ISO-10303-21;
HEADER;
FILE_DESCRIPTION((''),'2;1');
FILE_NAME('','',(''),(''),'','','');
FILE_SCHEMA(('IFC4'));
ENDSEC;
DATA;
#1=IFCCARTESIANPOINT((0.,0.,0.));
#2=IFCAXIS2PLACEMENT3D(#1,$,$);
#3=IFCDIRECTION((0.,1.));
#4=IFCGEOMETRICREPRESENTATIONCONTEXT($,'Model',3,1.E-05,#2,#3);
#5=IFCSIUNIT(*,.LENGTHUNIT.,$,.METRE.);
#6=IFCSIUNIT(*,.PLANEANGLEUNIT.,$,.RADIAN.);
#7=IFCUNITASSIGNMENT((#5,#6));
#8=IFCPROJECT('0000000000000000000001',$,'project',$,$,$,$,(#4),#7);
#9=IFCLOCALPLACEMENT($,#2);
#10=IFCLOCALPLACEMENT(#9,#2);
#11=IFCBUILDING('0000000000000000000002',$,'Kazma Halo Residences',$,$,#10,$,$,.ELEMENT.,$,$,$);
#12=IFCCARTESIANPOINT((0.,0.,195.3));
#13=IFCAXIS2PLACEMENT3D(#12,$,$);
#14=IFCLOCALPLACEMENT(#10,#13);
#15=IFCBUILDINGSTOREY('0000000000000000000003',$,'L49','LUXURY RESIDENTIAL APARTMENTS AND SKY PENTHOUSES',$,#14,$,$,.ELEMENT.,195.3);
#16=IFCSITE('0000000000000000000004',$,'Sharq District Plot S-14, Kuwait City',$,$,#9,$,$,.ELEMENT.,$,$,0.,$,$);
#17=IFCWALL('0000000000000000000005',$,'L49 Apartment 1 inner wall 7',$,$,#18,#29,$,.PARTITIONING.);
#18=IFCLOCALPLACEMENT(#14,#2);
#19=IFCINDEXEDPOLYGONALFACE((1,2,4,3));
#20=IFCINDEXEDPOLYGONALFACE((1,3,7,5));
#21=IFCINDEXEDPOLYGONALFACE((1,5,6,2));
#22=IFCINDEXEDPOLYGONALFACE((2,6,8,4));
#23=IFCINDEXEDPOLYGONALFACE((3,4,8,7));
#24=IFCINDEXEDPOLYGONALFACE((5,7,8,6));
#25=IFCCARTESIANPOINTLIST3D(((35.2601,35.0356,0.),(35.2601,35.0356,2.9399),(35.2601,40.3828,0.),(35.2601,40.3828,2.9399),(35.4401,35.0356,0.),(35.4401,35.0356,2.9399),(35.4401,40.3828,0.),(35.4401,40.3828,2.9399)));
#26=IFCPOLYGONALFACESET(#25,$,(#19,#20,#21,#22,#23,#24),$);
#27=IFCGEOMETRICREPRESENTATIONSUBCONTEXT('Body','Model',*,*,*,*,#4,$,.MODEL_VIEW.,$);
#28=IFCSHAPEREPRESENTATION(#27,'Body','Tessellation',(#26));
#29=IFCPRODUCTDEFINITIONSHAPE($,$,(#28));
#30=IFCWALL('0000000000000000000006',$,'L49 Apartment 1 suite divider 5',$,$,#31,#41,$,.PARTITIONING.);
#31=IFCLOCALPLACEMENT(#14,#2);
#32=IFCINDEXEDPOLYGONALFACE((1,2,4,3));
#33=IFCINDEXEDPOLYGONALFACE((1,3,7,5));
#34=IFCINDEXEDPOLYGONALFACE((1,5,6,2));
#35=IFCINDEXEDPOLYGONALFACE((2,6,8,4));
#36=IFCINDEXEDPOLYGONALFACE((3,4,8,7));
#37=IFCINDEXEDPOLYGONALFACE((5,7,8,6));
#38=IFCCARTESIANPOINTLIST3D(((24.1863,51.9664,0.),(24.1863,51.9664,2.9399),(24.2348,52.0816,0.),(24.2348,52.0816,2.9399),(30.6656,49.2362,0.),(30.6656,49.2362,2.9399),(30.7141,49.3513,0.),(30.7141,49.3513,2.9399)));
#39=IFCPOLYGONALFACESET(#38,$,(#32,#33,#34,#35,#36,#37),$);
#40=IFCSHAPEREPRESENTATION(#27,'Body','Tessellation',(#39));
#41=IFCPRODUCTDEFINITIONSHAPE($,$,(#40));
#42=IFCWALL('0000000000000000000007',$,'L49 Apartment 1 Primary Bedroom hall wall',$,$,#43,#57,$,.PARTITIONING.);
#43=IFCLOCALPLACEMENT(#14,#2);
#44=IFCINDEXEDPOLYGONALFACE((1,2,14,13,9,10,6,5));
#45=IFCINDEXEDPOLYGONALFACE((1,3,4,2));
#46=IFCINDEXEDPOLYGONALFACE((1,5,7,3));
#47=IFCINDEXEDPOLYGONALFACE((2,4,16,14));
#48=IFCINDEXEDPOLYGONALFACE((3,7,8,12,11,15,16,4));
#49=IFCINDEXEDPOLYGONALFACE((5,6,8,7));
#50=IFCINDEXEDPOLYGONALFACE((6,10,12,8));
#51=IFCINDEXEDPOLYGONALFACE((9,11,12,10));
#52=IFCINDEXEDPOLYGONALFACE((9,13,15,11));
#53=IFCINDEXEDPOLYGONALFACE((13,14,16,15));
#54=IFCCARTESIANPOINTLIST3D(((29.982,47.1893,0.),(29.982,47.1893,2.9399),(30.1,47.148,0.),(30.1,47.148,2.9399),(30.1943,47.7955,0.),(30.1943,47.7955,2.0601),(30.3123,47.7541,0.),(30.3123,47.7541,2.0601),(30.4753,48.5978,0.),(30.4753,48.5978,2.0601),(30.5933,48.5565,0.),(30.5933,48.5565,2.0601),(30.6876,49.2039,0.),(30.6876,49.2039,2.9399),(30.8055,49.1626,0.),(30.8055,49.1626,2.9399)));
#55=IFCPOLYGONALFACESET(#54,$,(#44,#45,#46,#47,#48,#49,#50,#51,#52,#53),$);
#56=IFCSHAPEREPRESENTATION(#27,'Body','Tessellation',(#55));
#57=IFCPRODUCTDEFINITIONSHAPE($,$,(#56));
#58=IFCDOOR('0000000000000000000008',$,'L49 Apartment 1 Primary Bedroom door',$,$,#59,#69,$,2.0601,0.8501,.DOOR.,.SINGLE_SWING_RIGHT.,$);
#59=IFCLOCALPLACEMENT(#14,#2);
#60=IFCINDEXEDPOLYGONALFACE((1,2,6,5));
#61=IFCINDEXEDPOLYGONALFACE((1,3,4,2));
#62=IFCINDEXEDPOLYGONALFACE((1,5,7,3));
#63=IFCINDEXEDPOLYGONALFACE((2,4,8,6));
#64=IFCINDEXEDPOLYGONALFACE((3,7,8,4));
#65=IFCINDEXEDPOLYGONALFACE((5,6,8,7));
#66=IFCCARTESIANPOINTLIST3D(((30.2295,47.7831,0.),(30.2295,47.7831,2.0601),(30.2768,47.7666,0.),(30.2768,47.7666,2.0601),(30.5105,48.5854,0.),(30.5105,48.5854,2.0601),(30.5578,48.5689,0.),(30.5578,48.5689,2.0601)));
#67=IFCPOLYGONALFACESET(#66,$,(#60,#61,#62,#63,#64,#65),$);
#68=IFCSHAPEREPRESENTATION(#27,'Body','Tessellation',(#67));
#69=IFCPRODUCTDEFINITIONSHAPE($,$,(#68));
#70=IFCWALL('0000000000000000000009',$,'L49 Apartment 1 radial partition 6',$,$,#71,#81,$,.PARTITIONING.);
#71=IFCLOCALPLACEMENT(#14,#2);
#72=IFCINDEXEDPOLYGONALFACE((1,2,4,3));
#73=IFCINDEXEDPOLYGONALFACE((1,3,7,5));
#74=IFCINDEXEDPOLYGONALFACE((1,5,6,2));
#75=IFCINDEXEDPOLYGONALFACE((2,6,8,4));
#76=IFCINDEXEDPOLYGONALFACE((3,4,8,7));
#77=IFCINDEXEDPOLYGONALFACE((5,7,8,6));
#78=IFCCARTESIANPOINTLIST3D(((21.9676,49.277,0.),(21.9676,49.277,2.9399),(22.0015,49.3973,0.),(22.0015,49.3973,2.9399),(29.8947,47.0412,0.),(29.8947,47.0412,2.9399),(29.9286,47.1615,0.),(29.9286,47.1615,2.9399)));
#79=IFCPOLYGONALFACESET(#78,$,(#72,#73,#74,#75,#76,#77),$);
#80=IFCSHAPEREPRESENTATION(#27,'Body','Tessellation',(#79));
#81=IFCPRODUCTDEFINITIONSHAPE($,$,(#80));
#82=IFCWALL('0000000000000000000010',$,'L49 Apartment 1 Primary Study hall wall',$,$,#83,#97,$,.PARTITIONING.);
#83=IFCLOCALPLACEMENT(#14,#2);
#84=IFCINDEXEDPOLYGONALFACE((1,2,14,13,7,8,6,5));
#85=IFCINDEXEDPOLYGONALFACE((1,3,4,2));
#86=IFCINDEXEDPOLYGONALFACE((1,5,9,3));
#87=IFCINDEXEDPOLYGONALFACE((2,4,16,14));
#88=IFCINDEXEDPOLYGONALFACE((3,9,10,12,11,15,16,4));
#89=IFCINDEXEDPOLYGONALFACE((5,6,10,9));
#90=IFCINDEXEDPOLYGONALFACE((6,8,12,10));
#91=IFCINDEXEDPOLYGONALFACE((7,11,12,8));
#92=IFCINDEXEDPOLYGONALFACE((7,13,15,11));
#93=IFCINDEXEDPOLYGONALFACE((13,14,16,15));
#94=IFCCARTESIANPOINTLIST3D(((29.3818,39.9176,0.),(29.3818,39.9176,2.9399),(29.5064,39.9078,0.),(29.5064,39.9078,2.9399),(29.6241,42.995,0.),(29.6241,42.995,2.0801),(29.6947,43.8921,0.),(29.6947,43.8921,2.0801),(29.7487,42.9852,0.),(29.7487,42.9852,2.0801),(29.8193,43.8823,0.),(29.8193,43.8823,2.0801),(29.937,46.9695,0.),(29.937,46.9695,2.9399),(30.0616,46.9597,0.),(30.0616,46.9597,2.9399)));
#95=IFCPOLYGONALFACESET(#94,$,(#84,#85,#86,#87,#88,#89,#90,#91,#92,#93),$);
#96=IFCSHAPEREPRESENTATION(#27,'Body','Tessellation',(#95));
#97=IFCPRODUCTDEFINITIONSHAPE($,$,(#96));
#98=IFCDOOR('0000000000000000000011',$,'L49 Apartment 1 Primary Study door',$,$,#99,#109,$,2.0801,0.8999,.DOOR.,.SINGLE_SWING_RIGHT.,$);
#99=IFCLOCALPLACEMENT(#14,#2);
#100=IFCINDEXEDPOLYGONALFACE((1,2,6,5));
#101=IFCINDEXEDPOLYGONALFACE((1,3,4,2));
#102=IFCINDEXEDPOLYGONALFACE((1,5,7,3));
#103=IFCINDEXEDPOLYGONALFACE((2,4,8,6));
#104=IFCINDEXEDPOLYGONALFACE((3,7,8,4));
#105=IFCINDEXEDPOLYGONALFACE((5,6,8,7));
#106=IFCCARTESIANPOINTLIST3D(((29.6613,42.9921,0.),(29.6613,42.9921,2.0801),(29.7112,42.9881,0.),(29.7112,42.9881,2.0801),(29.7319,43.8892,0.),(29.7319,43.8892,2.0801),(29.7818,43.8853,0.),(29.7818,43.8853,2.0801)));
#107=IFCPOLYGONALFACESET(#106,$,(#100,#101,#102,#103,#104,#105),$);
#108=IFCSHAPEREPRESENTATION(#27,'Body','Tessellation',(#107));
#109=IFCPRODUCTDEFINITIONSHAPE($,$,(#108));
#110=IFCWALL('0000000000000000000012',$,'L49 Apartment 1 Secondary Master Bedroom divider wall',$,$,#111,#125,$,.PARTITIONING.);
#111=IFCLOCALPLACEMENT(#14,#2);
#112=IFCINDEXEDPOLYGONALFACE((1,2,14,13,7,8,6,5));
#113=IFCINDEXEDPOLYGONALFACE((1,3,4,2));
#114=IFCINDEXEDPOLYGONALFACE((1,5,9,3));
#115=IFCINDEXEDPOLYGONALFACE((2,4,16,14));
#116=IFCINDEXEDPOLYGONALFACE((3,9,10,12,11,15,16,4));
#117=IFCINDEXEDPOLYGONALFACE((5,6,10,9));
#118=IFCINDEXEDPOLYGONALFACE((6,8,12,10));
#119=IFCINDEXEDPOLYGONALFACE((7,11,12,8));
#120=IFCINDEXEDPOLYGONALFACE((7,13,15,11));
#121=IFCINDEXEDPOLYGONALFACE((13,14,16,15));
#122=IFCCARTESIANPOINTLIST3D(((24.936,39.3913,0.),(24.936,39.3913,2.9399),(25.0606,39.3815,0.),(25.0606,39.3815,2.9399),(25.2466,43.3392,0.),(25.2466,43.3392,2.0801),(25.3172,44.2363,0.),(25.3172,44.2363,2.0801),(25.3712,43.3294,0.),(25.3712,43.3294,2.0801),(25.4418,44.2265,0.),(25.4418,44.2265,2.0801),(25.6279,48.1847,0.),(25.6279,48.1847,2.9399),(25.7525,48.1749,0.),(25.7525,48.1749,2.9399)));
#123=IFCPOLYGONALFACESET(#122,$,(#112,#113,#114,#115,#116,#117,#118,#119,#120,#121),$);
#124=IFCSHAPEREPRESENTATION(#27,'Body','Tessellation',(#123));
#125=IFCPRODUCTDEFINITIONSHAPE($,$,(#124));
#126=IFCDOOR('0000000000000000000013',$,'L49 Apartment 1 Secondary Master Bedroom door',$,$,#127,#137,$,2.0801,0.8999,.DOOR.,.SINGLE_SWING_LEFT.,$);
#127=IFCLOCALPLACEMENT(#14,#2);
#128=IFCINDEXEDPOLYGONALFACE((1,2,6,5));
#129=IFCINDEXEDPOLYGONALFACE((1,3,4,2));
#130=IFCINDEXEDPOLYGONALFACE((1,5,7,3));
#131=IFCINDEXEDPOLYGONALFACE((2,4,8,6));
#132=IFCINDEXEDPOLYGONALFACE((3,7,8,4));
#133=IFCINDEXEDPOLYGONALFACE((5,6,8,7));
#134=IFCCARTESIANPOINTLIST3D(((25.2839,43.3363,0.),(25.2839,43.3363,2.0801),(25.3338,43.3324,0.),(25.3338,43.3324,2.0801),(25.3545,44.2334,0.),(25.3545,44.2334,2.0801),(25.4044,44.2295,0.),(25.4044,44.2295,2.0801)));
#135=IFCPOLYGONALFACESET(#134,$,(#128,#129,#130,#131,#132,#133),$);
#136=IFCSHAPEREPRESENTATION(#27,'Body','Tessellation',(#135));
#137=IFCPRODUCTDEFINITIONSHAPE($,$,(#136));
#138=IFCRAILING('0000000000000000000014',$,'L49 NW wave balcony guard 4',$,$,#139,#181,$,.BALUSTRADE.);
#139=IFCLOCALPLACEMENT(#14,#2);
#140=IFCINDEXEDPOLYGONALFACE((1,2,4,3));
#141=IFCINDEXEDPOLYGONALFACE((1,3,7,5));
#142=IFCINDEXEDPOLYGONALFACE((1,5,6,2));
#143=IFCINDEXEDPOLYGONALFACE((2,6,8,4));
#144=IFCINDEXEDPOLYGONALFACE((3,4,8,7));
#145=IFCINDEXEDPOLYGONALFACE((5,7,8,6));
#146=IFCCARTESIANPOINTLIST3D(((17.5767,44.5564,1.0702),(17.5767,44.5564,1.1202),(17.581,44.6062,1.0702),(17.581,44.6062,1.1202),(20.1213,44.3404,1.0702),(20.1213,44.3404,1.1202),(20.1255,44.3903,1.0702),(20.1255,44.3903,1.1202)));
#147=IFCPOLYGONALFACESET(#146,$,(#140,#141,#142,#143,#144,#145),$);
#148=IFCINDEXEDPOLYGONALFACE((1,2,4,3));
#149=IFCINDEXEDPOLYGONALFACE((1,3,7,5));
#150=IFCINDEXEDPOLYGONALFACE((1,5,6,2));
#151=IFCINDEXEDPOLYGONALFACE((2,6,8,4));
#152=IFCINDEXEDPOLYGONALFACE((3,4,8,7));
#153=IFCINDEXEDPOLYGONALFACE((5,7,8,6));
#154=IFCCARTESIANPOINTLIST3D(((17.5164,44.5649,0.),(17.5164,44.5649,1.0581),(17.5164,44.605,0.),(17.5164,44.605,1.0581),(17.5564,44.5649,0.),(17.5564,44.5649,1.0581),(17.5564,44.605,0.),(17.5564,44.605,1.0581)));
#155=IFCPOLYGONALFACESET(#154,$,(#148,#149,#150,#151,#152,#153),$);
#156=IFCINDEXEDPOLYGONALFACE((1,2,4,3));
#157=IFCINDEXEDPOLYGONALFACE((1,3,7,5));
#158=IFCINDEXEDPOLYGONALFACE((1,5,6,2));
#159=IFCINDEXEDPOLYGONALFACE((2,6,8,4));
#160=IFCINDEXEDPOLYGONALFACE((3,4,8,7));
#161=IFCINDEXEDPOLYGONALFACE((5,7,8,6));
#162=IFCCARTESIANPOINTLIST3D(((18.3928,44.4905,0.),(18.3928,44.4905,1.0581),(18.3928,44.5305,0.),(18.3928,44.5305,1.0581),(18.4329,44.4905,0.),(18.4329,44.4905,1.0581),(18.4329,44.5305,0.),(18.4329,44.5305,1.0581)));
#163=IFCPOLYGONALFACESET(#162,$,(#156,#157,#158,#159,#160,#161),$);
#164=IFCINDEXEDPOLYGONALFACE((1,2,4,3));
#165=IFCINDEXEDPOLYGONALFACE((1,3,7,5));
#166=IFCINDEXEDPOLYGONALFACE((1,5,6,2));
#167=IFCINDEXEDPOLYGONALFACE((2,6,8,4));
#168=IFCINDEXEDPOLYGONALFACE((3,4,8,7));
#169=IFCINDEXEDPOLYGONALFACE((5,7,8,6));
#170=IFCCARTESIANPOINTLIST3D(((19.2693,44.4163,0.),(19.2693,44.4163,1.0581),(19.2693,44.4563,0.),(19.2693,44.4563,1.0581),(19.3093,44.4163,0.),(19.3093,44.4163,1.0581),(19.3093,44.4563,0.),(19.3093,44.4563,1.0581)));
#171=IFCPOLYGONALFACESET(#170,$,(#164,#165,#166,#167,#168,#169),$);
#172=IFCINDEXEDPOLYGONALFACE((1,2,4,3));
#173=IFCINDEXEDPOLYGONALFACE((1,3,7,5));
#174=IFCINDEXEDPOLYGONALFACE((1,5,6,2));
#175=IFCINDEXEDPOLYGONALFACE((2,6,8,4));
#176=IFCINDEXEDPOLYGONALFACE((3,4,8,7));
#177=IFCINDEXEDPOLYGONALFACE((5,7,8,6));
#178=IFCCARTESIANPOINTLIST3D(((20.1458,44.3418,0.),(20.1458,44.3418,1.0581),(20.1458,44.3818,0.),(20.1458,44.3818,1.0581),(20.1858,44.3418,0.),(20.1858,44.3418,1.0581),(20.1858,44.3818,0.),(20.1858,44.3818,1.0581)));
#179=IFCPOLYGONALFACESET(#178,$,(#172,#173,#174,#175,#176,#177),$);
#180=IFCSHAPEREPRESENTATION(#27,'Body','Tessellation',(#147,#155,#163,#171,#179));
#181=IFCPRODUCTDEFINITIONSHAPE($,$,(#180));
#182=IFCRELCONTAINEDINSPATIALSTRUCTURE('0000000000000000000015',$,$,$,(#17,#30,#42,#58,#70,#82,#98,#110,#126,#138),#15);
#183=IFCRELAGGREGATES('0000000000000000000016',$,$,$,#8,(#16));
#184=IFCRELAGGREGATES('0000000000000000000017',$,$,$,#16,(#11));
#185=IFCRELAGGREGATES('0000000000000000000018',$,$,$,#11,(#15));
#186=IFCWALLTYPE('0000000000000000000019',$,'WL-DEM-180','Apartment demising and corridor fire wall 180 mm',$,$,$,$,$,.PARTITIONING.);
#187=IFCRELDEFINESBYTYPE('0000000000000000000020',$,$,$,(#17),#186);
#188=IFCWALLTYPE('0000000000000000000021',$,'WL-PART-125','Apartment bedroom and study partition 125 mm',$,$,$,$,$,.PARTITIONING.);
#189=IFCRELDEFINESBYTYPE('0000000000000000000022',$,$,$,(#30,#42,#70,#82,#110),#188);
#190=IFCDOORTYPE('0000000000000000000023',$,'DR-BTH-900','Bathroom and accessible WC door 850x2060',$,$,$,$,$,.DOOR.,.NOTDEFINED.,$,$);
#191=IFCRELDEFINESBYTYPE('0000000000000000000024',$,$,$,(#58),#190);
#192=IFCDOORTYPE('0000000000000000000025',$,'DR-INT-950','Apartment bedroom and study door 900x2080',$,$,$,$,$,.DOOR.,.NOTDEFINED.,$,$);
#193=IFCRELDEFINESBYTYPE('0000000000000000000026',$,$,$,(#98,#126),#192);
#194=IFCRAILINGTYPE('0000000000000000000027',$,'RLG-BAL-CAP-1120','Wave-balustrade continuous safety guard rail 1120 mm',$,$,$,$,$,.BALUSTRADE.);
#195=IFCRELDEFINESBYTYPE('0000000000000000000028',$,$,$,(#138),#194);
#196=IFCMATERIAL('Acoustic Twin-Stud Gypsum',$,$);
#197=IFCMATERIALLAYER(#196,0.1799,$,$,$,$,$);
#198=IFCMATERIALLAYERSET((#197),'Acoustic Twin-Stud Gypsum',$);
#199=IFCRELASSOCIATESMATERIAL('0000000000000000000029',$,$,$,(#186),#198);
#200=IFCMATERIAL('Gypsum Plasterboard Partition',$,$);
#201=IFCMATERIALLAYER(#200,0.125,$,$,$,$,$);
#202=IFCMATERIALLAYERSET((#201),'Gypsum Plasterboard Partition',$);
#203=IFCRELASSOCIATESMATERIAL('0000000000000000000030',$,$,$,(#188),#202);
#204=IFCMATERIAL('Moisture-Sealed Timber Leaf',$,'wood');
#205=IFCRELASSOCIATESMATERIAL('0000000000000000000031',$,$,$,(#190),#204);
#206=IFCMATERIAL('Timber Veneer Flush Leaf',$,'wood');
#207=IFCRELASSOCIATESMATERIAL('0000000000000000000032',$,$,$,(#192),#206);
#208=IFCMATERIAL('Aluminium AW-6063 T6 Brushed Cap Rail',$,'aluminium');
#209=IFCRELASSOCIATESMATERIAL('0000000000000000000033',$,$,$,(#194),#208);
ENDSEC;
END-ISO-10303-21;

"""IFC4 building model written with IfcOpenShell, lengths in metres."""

from ifc_helpers import new_model, si_unit, direction, frame, frame_2d, origin, origin_2d, place, context, subcontext, project, spatial, rectangle, extrude, material, layer, layer_set, type_object, element, fill, save


model = new_model("IFC4")

# Units and contexts
model_context = context("Model", 3, precision=1e-05, world=origin(), true_north=direction((0.0, 1.0)))
body_context = subcontext(model_context, "Body", "Model", "MODEL_VIEW")
ifc_project = project(units=[si_unit("LENGTHUNIT", "METRE"), si_unit("PLANEANGLEUNIT", "RADIAN")], contexts=[model_context])

# Site, building, storey
site_placement = place(None, origin())
site = spatial("IfcSite", under=ifc_project, at=site_placement, Name="Sharq District Plot S-14, Kuwait City", CompositionType="ELEMENT", RefElevation=0.0)
building_placement = place(site_placement, origin())
building = spatial("IfcBuilding", under=site, at=building_placement, Name="Kazma Halo Residences", CompositionType="ELEMENT")
storey_placement = place(building_placement, frame((0.0, 0.0, 195.3)))
storey = spatial("IfcBuildingStorey", under=building, at=storey_placement, Name="L49", Description="LUXURY RESIDENTIAL APARTMENTS AND SKY PENTHOUSES", CompositionType="ELEMENT", Elevation=195.3)

# Walls
ifc_material_1 = material(Name="Acoustic Twin-Stud Gypsum")
ifc_layer_1 = layer(ifc_material_1, 0.1799)
ifc_layer_set_1 = layer_set([ifc_layer_1], Name="Acoustic Twin-Stud Gypsum")
wall_type_1 = type_object("IfcWallType", Name="WL-DEM-180", Description="Apartment demising and corridor fire wall 180 mm", PredefinedType="PARTITIONING", material=ifc_layer_set_1)
wall_1_placement = place(storey_placement, frame((35.3501, 40.3828, 0.0), z_axis=(0.0, 0.0, 1.0), x_axis=(0.0, -1.0, 0.0)))
element("IfcWall", 1, at=wall_1_placement, inside=storey, type_object=wall_type_1, Name="L49 Apartment 1 inner wall 7", PredefinedType="PARTITIONING", context=body_context, shape_type="SweptSolid", body=[
    extrude(rectangle(XDim=5.3472, YDim=0.1799, at=frame_2d((2.6736, 0.0))), origin(), (0.0, 0.0, 1.0), 2.9399),
])
ifc_material_2 = material(Name="Gypsum Plasterboard Partition")
ifc_layer_2 = layer(ifc_material_2, 0.125)
ifc_layer_set_2 = layer_set([ifc_layer_2], Name="Gypsum Plasterboard Partition")
wall_type_2 = type_object("IfcWallType", Name="WL-PART-125", Description="Apartment bedroom and study partition 125 mm", PredefinedType="PARTITIONING", material=ifc_layer_set_2)
wall_2_placement = place(storey_placement, frame((30.6899, 49.2937, 0.0), z_axis=(0.0, 0.0, 1.0), x_axis=(-0.921527, 0.388313, 0.0)))
element("IfcWall", 2, at=wall_2_placement, inside=storey, type_object=wall_type_2, Name="L49 Apartment 1 suite divider 5", PredefinedType="PARTITIONING", context=body_context, shape_type="SweptSolid", body=[
    extrude(rectangle(XDim=7.031, YDim=0.125, at=frame_2d((3.5156, 0.0))), origin(), (0.0, 0.0, 1.0), 2.9399),
])

# Wall, opening, door
wall_3_placement = place(storey_placement, frame((30.7466, 49.1833, 0.0), z_axis=(0.0, 0.0, 1.0), x_axis=(-0.330534, -0.943794, 0.0)))
wall_3 = element("IfcWall", 3, at=wall_3_placement, inside=storey, type_object=wall_type_2, Name="L49 Apartment 1 Primary Bedroom hall wall", PredefinedType="PARTITIONING", context=body_context, shape_type="SweptSolid", body=[
    extrude(rectangle(XDim=2.1345, YDim=0.125, at=frame_2d((1.0674, 0.0))), origin(), (0.0, 0.0, 1.0), 2.9399),
])
opening_1_placement = place(wall_3_placement, frame((0.6423, 0.0, 0.0)))
opening_1 = element("IfcOpeningElement", 4, at=opening_1_placement, cuts=wall_3, PredefinedType="OPENING", context=body_context, shape_type="SweptSolid", body=[
    extrude(rectangle(XDim=0.8501, YDim=2.0601, at=frame_2d((0.425, 1.03))), frame((0.0, 0.0725, 0.0), z_axis=(0.0, -1.0, 0.0), x_axis=(1.0, 0.0, 0.0)), (0.0, 0.0, 1.0), 0.145),
])
ifc_material_3 = material(Name="Moisture-Sealed Timber Leaf", Category="wood")
door_type_1 = type_object("IfcDoorType", Name="DR-BTH-900", Description="Bathroom and accessible WC door 850x2060", OperationType="NOTDEFINED", PredefinedType="DOOR", material=ifc_material_3)
door_1_placement = place(opening_1_placement, origin())
door_1 = element("IfcDoor", 5, at=door_1_placement, inside=storey, type_object=door_type_1, Name="L49 Apartment 1 Primary Bedroom door", OperationType="SINGLE_SWING_RIGHT", OverallHeight=2.0601, OverallWidth=0.8501, PredefinedType="DOOR", context=body_context, shape_type="SweptSolid", body=[
    extrude(rectangle(XDim=0.8501, YDim=2.0601, at=frame_2d((0.425, 1.03))), frame((0.0, 0.0249, 0.0), z_axis=(0.0, -1.0, 0.0), x_axis=(1.0, 0.0, 0.0)), (0.0, 0.0, 1.0), 0.05),
])
fill(opening_1, door_1)

# Wall
wall_4_placement = place(storey_placement, frame((29.9116, 47.1013, 0.0), z_axis=(0.0, 0.0, 1.0), x_axis=(-0.962449, 0.271462, 0.0)))
element("IfcWall", 6, at=wall_4_placement, inside=storey, type_object=wall_type_2, Name="L49 Apartment 1 radial partition 6", PredefinedType="PARTITIONING", context=body_context, shape_type="SweptSolid", body=[
    extrude(rectangle(XDim=8.2363, YDim=0.125, at=frame_2d((4.1182, 0.0))), origin(), (0.0, 0.0, 1.0), 2.9399),
])

# Walls, openings, doors
wall_5_placement = place(storey_placement, frame((29.9993, 46.9646, 0.0), z_axis=(0.0, 0.0, 1.0), x_axis=(-0.078483, -0.996915, 0.0)))
wall_5 = element("IfcWall", 7, at=wall_5_placement, inside=storey, type_object=wall_type_2, Name="L49 Apartment 1 Primary Study hall wall", PredefinedType="PARTITIONING", context=body_context, shape_type="SweptSolid", body=[
    extrude(rectangle(XDim=7.0737, YDim=0.125, at=frame_2d((3.5369, 0.0))), origin(), (0.0, 0.0, 1.0), 2.9399),
])
opening_2_placement = place(wall_5_placement, frame((3.0869, 0.0, 0.0)))
opening_2 = element("IfcOpeningElement", 8, at=opening_2_placement, cuts=wall_5, PredefinedType="OPENING", context=body_context, shape_type="SweptSolid", body=[
    extrude(rectangle(XDim=0.8999, YDim=2.0801, at=frame_2d((0.45, 1.04))), frame((0.0, 0.0725, 0.0), z_axis=(0.0, -1.0, 0.0), x_axis=(1.0, 0.0, 0.0)), (0.0, 0.0, 1.0), 0.145),
])
ifc_material_4 = material(Name="Timber Veneer Flush Leaf", Category="wood")
door_type_2 = type_object("IfcDoorType", Name="DR-INT-950", Description="Apartment bedroom and study door 900x2080", OperationType="NOTDEFINED", PredefinedType="DOOR", material=ifc_material_4)
door_2_placement = place(opening_2_placement, origin())
door_2 = element("IfcDoor", 9, at=door_2_placement, inside=storey, type_object=door_type_2, Name="L49 Apartment 1 Primary Study door", OperationType="SINGLE_SWING_RIGHT", OverallHeight=2.0801, OverallWidth=0.8999, PredefinedType="DOOR", context=body_context, shape_type="SweptSolid", body=[
    extrude(rectangle(XDim=0.8999, YDim=2.0801, at=frame_2d((0.45, 1.04))), frame((0.0, 0.0249, 0.0), z_axis=(0.0, -1.0, 0.0), x_axis=(1.0, 0.0, 0.0)), (0.0, 0.0, 1.0), 0.05),
])
fill(opening_2, door_2)
wall_6_placement = place(storey_placement, frame((25.6902, 48.1797, 0.0), z_axis=(0.0, 0.0, 1.0), x_axis=(-0.07844, -0.996919, 0.0)))
wall_6 = element("IfcWall", 10, at=wall_6_placement, inside=storey, type_object=wall_type_2, Name="L49 Apartment 1 Secondary Master Bedroom divider wall", PredefinedType="PARTITIONING", context=body_context, shape_type="SweptSolid", body=[
    extrude(rectangle(XDim=8.8206, YDim=0.125, at=frame_2d((4.4102, 0.0))), origin(), (0.0, 0.0, 1.0), 2.9399),
])
opening_3_placement = place(wall_6_placement, frame((3.9604, 0.0, 0.0)))
opening_3 = element("IfcOpeningElement", 11, at=opening_3_placement, cuts=wall_6, PredefinedType="OPENING", context=body_context, shape_type="SweptSolid", body=[
    extrude(rectangle(XDim=0.8999, YDim=2.0801, at=frame_2d((0.45, 1.04))), frame((0.0, 0.0725, 0.0), z_axis=(0.0, -1.0, 0.0), x_axis=(1.0, 0.0, 0.0)), (0.0, 0.0, 1.0), 0.145),
])
door_3_placement = place(opening_3_placement, origin())
door_3 = element("IfcDoor", 12, at=door_3_placement, inside=storey, type_object=door_type_2, Name="L49 Apartment 1 Secondary Master Bedroom door", OperationType="SINGLE_SWING_LEFT", OverallHeight=2.0801, OverallWidth=0.8999, PredefinedType="DOOR", context=body_context, shape_type="SweptSolid", body=[
    extrude(rectangle(XDim=0.8999, YDim=2.0801, at=frame_2d((0.45, 1.04))), frame((0.0, 0.0249, 0.0), z_axis=(0.0, -1.0, 0.0), x_axis=(1.0, 0.0, 0.0)), (0.0, 0.0, 1.0), 0.05),
])
fill(opening_3, door_3)

# Railing
ifc_material_5 = material(Name="Aluminium AW-6063 T6 Brushed Cap Rail", Category="aluminium")
railing_type = type_object("IfcRailingType", Name="RLG-BAL-CAP-1120", Description="Wave-balustrade continuous safety guard rail 1120 mm", PredefinedType="BALUSTRADE", material=ifc_material_5)
railing_placement = place(storey_placement, frame((17.5364, 44.585, 0.0)))
element("IfcRailing", 13, at=railing_placement, inside=storey, type_object=railing_type, Name="L49 NW wave balcony guard 4", PredefinedType="BALUSTRADE", context=body_context, shape_type="SweptSolid", body=[
    extrude(rectangle(XDim=0.05, YDim=0.05, at=origin_2d()), frame((0.0425, -0.0037, 1.0952), z_axis=(0.996418, -0.084561, 0.0), x_axis=(0.084561, 0.996418, 0.0)), (0.0, 0.0, 1.0), 2.5537),
    extrude(rectangle(XDim=0.04, YDim=0.04, at=origin_2d()), origin(), (0.0, 0.0, 1.0), 1.0581),
    extrude(rectangle(XDim=0.04, YDim=0.04, at=origin_2d()), frame((0.8765, -0.0745, 0.0)), (0.0, 0.0, 1.0), 1.0581),
    extrude(rectangle(XDim=0.04, YDim=0.04, at=origin_2d()), frame((1.7529, -0.1487, 0.0)), (0.0, 0.0, 1.0), 1.0581),
    extrude(rectangle(XDim=0.04, YDim=0.04, at=origin_2d()), frame((2.6294, -0.2231, 0.0)), (0.0, 0.0, 1.0), 1.0581),
])

save(model, "model.ifc")
